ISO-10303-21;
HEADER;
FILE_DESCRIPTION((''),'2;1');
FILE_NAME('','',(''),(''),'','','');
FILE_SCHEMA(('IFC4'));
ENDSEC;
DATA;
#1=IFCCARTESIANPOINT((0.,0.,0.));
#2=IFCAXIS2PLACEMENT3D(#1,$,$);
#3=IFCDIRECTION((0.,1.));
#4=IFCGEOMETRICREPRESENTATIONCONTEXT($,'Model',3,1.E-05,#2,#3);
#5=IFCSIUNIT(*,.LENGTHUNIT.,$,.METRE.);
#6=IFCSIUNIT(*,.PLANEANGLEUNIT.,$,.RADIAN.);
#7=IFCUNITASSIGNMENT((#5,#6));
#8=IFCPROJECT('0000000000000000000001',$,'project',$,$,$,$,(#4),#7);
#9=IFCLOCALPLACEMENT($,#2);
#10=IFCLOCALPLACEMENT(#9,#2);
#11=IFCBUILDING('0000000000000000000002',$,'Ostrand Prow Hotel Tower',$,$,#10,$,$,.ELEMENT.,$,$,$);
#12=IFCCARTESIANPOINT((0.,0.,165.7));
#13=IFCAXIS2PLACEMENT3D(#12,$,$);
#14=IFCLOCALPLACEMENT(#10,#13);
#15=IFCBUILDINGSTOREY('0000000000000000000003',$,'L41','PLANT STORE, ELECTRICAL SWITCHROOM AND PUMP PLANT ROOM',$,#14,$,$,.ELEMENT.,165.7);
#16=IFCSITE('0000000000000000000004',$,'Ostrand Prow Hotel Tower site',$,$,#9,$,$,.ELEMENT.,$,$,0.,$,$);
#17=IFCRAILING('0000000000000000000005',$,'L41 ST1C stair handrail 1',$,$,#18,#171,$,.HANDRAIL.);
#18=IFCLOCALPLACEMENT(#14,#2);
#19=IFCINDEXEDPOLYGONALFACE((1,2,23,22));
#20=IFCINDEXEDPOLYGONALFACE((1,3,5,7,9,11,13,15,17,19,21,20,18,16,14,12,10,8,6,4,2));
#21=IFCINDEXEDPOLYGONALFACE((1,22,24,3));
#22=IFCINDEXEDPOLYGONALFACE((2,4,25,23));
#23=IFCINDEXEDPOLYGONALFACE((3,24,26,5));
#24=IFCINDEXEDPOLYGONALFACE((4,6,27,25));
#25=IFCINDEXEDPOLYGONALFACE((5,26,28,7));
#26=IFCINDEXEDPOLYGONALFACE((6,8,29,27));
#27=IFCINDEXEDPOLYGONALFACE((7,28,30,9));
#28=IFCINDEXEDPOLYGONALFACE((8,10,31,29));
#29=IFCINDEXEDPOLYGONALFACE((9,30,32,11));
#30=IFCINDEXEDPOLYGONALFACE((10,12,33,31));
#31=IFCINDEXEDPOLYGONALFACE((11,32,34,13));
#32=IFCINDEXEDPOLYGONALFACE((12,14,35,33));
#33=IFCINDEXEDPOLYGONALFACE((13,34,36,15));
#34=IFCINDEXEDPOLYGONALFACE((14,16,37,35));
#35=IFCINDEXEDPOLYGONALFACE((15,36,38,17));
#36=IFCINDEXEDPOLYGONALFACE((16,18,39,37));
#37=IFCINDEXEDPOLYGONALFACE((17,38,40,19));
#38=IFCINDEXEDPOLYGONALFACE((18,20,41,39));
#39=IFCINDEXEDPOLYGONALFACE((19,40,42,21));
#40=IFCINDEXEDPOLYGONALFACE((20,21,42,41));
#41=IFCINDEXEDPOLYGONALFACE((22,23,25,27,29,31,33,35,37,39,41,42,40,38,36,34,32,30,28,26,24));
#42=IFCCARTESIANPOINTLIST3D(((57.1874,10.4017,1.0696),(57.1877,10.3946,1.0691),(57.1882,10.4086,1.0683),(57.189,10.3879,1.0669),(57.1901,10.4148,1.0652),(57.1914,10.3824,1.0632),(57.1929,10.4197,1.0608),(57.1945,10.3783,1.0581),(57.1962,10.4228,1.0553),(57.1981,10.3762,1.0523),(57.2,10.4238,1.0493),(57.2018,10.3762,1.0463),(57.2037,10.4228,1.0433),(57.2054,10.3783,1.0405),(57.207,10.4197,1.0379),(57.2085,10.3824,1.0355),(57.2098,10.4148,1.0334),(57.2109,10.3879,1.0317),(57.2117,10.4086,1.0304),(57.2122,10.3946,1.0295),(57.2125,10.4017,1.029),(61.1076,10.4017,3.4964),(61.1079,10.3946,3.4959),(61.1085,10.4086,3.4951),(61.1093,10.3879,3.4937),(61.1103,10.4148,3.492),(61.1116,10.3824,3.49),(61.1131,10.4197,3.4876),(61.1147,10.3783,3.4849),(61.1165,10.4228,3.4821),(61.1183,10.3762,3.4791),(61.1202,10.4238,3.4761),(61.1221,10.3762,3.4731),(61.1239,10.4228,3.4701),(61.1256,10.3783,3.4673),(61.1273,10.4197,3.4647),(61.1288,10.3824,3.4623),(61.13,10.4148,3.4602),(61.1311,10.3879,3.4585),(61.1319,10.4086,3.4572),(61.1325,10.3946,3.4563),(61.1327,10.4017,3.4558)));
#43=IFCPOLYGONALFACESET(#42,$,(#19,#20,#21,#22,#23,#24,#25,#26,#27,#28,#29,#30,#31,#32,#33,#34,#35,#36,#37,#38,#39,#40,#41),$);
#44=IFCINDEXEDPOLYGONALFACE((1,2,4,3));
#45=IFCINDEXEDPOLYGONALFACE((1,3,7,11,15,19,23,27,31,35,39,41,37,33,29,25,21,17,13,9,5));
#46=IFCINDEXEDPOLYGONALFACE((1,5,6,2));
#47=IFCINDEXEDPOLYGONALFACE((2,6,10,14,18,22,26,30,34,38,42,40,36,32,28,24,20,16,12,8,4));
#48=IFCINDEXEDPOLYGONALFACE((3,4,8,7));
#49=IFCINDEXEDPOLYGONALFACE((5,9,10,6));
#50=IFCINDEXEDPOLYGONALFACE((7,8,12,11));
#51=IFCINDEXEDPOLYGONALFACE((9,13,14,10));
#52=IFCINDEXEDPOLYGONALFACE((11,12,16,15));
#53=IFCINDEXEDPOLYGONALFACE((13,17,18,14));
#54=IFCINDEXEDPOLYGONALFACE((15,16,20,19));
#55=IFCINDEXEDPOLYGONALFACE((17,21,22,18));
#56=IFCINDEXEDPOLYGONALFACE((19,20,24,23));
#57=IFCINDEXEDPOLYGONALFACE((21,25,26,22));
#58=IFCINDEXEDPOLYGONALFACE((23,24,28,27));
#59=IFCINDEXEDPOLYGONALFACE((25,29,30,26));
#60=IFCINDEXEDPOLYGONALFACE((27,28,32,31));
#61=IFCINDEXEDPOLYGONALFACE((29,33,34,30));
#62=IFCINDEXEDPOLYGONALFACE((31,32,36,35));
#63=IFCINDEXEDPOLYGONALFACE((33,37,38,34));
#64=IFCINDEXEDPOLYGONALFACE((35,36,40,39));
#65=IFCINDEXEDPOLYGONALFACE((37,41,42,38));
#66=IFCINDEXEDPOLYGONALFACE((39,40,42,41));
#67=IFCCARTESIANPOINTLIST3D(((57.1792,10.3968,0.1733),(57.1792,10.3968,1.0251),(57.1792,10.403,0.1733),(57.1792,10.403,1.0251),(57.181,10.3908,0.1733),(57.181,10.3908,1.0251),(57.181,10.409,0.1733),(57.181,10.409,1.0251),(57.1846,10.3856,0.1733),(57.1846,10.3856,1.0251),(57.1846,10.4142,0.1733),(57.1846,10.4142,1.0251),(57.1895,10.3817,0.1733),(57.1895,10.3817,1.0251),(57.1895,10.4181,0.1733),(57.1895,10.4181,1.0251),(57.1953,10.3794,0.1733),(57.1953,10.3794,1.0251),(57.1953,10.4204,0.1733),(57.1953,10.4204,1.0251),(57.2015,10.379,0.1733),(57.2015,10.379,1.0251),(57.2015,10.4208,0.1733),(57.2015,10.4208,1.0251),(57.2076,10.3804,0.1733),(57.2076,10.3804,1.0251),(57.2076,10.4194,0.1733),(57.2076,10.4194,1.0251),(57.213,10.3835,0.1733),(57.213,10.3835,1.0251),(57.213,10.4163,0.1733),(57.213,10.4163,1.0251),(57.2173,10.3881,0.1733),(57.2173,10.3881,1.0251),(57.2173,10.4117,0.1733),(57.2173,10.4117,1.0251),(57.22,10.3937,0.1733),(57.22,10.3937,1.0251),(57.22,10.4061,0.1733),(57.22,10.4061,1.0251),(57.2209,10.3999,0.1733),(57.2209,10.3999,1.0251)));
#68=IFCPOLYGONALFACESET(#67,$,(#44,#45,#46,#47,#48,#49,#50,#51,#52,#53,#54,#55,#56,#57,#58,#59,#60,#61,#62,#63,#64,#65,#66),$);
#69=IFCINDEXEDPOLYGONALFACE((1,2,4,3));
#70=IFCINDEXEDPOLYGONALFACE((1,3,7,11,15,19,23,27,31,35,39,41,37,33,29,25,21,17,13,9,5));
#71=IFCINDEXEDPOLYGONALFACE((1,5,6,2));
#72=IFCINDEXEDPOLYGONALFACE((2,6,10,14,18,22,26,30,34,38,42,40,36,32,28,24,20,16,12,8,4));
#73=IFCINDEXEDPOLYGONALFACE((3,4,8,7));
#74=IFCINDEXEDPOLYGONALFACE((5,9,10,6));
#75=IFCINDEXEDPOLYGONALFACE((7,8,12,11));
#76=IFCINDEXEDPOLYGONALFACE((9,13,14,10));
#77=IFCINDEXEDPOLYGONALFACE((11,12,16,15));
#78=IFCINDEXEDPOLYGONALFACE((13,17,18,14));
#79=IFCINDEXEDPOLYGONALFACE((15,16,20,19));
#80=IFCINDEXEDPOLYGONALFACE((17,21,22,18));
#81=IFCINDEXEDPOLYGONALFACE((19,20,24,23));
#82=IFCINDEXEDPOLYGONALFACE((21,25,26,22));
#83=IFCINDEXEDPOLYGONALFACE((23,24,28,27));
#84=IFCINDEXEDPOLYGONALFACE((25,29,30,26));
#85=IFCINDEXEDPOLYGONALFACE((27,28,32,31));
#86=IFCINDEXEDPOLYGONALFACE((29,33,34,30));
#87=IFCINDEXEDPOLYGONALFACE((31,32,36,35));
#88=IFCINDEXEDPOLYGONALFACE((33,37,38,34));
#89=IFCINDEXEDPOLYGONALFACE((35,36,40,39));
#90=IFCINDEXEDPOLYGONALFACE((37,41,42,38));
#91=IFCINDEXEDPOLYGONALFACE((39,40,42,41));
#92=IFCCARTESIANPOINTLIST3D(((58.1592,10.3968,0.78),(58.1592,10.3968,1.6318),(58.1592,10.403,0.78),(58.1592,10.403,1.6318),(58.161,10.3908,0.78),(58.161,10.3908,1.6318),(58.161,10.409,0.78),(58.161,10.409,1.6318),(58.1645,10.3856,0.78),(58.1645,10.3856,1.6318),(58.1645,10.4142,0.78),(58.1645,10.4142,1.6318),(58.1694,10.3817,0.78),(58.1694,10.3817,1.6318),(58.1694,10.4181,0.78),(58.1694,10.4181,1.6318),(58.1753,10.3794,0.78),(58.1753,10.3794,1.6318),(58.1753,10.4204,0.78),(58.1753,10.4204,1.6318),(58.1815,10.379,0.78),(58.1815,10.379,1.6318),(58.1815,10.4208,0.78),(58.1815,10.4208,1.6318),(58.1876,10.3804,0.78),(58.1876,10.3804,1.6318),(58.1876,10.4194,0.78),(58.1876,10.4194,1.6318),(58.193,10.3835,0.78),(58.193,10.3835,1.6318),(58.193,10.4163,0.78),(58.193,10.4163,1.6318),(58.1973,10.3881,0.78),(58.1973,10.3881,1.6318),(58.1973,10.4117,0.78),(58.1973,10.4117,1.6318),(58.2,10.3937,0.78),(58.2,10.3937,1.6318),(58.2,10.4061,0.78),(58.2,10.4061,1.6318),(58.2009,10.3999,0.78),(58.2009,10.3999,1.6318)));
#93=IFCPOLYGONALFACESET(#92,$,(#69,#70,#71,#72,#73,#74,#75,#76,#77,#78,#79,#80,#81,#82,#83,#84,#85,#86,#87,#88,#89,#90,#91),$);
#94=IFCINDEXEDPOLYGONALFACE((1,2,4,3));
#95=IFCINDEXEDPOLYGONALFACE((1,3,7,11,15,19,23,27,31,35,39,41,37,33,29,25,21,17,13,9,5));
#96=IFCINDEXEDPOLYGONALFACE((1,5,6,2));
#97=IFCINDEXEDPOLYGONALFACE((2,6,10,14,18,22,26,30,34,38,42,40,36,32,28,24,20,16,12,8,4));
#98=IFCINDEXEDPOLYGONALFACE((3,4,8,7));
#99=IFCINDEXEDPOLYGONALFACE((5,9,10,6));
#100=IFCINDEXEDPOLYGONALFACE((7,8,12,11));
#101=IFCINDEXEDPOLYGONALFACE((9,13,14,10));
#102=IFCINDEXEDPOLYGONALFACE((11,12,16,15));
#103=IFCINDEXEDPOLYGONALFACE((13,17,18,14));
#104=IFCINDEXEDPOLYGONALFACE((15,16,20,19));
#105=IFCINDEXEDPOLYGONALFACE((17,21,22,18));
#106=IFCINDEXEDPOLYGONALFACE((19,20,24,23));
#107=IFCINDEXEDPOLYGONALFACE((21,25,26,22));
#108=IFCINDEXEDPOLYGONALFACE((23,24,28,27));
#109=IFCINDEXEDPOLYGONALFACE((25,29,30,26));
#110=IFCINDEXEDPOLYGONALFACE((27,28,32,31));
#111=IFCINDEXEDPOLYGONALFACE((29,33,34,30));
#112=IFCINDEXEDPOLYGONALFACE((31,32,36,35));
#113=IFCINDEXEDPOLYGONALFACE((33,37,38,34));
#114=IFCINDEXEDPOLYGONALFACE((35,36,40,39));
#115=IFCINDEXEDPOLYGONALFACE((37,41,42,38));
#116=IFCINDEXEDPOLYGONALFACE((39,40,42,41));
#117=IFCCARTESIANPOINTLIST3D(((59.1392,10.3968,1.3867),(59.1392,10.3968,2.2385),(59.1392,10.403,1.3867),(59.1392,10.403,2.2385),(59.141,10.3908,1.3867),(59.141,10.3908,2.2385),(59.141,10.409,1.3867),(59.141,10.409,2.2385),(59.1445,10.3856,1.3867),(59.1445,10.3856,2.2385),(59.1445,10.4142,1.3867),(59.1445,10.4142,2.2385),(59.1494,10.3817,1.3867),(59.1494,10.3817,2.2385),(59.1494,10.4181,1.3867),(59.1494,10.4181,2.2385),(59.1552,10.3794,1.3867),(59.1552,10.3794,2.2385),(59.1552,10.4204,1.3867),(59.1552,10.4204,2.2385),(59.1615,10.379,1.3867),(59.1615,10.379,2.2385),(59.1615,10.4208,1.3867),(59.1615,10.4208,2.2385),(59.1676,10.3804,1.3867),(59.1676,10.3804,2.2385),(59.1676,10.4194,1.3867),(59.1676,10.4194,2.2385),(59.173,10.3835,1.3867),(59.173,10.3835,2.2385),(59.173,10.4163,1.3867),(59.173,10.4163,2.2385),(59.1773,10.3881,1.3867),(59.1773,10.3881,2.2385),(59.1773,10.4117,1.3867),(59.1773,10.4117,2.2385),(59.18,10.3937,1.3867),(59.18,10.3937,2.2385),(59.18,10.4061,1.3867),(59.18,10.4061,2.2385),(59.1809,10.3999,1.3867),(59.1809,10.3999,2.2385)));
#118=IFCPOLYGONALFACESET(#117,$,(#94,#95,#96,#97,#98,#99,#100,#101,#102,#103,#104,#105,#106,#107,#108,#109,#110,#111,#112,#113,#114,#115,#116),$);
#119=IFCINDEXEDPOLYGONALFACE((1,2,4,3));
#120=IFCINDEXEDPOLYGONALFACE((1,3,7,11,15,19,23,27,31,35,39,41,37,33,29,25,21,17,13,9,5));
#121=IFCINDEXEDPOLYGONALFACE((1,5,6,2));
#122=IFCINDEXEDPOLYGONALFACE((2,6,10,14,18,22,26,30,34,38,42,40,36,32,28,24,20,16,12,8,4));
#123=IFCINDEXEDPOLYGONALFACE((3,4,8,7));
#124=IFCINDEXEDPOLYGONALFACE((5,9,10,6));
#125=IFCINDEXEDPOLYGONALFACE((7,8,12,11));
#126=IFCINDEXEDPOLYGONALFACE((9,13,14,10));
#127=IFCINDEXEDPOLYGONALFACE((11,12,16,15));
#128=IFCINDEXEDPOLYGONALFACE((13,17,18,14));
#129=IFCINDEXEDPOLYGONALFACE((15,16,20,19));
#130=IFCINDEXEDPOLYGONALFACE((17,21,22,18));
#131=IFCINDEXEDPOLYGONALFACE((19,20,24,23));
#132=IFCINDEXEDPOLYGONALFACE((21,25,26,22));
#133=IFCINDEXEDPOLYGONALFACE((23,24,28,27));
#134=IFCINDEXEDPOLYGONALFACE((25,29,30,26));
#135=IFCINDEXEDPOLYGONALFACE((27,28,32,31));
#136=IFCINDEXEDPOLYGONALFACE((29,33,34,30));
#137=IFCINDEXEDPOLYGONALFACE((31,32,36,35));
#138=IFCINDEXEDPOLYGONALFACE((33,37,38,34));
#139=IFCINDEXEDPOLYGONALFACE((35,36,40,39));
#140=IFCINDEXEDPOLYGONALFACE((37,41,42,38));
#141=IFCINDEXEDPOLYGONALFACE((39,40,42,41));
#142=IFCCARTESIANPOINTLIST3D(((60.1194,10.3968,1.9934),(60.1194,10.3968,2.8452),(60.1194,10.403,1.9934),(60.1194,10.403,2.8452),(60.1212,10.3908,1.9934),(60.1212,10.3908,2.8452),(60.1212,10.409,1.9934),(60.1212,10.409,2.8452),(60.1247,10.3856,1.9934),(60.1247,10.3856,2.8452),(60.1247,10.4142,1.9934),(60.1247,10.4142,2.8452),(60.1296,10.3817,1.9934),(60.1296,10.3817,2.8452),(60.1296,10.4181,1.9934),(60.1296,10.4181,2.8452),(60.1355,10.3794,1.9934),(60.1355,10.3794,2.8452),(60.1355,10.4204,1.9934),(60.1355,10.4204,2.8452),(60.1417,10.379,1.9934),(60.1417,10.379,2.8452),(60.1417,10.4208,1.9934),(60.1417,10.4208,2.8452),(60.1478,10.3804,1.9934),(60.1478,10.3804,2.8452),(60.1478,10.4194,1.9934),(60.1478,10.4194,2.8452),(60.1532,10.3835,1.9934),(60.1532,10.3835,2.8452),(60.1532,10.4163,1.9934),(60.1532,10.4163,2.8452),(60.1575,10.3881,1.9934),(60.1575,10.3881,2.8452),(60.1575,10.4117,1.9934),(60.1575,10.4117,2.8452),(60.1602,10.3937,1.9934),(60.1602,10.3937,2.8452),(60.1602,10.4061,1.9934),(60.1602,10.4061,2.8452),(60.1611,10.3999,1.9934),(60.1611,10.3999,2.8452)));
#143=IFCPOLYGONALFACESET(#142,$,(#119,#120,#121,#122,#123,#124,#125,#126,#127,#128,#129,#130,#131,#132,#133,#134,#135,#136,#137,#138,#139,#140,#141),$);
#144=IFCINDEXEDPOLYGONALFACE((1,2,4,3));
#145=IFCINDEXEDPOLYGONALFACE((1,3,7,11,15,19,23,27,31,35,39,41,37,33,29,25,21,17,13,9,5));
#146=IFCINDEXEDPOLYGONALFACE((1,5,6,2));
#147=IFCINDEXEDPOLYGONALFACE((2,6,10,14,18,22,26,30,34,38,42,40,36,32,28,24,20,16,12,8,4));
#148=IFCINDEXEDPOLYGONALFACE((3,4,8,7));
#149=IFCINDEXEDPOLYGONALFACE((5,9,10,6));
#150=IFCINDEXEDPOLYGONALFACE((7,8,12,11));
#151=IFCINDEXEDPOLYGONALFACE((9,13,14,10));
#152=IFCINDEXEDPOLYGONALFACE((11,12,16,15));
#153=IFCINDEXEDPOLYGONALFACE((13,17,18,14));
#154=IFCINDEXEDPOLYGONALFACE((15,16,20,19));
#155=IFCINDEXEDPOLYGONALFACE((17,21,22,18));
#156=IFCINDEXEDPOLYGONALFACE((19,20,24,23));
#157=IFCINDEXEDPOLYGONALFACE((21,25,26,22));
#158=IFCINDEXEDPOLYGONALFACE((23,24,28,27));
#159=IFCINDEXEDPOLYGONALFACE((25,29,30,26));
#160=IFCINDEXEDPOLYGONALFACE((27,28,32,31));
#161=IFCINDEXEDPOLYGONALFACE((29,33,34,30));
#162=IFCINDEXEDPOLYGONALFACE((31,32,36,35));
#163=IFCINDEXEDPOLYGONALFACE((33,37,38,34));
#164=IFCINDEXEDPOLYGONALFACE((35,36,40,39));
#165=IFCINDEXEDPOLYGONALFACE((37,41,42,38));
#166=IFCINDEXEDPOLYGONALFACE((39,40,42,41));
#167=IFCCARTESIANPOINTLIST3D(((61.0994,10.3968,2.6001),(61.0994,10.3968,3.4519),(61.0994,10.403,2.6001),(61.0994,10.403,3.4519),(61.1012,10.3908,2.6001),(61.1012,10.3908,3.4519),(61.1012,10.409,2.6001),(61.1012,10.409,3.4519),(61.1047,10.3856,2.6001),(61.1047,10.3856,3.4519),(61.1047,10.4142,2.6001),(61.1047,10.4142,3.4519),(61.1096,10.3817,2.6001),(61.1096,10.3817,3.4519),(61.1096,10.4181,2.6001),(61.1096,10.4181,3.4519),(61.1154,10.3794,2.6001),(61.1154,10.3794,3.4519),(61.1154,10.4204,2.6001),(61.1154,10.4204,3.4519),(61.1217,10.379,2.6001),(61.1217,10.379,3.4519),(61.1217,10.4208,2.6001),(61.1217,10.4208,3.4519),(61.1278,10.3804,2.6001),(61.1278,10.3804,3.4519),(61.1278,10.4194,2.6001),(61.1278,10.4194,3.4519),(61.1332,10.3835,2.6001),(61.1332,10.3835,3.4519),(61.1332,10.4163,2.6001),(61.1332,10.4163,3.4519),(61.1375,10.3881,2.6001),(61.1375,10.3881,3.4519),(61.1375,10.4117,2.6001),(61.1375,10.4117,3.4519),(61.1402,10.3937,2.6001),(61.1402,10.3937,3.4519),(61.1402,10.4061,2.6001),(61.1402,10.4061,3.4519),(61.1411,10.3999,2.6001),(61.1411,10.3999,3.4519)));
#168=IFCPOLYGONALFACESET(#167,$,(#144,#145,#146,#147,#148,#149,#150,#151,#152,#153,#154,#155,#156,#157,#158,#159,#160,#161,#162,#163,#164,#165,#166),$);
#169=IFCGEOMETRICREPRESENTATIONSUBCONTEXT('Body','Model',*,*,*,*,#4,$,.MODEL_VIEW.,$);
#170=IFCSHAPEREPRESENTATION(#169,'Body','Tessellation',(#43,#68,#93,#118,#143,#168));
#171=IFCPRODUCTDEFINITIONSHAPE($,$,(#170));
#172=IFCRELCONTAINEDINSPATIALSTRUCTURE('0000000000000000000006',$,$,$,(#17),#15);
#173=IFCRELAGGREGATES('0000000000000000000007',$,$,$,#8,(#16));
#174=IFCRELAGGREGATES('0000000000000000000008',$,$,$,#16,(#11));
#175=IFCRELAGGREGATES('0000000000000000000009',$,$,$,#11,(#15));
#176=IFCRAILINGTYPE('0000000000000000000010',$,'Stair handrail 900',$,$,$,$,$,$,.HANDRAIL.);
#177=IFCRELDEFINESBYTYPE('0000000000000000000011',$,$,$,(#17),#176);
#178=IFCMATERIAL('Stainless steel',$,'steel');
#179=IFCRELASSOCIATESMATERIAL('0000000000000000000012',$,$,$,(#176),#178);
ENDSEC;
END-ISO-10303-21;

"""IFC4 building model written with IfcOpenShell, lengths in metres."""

from ifc_helpers import new_model, si_unit, direction, frame, origin, origin_2d, place, context, subcontext, project, spatial, circle, extrude, material, type_object, element, save


model = new_model("IFC4")

# Units and contexts
model_context = context("Model", 3, precision=1e-05, world=origin(), true_north=direction((0.0, 1.0)))
body_context = subcontext(model_context, "Body", "Model", "MODEL_VIEW")
ifc_project = project(units=[si_unit("LENGTHUNIT", "METRE"), si_unit("PLANEANGLEUNIT", "RADIAN")], contexts=[model_context])

# Site, building, storey
site_placement = place(None, origin())
site = spatial("IfcSite", under=ifc_project, at=site_placement, Name="Ostrand Prow Hotel Tower site", CompositionType="ELEMENT", RefElevation=0.0)
building_placement = place(site_placement, origin())
building = spatial("IfcBuilding", under=site, at=building_placement, Name="Ostrand Prow Hotel Tower", CompositionType="ELEMENT")
storey_placement = place(building_placement, frame((0.0, 0.0, 165.7)))
storey = spatial("IfcBuildingStorey", under=building, at=storey_placement, Name="L41", Description="PLANT STORE, ELECTRICAL SWITCHROOM AND PUMP PLANT ROOM", CompositionType="ELEMENT", Elevation=165.7)

# Railing
ifc_material_1 = material(Name="Stainless steel", Category="steel")
railing_type_1 = type_object("IfcRailingType", Name="Stair handrail 900", PredefinedType="HANDRAIL", material=ifc_material_1)
railing_1_placement = place(storey_placement, frame((57.2, 10.3999, 0.1733)))
element("IfcRailing", 1, at=railing_1_placement, inside=storey, type_object=railing_type_1, Name="L41 ST1C stair handrail 1", PredefinedType="HANDRAIL", context=body_context, shape_type="SweptSolid", body=[
    extrude(circle(Radius=0.0239, at=origin_2d()), frame((0.0, 0.0, 0.876), z_axis=(0.850266, 0.0, 0.526353), x_axis=(0.0, 1.0, 0.0)), (0.0, 0.0, 1.0), 4.6106),
    extrude(circle(Radius=0.021, at=origin_2d()), origin(), (0.0, 0.0, 1.0), 0.8518),
    extrude(circle(Radius=0.021, at=origin_2d()), frame((0.98, 0.0, 0.6067)), (0.0, 0.0, 1.0), 0.8518),
    extrude(circle(Radius=0.021, at=origin_2d()), frame((1.96, 0.0, 1.2134)), (0.0, 0.0, 1.0), 0.8518),
    extrude(circle(Radius=0.021, at=origin_2d()), frame((2.9402, 0.0, 1.8201)), (0.0, 0.0, 1.0), 0.8518),
    extrude(circle(Radius=0.021, at=origin_2d()), frame((3.9202, 0.0, 2.4268)), (0.0, 0.0, 1.0), 0.8518),
])

save(model, "model.ifc")
